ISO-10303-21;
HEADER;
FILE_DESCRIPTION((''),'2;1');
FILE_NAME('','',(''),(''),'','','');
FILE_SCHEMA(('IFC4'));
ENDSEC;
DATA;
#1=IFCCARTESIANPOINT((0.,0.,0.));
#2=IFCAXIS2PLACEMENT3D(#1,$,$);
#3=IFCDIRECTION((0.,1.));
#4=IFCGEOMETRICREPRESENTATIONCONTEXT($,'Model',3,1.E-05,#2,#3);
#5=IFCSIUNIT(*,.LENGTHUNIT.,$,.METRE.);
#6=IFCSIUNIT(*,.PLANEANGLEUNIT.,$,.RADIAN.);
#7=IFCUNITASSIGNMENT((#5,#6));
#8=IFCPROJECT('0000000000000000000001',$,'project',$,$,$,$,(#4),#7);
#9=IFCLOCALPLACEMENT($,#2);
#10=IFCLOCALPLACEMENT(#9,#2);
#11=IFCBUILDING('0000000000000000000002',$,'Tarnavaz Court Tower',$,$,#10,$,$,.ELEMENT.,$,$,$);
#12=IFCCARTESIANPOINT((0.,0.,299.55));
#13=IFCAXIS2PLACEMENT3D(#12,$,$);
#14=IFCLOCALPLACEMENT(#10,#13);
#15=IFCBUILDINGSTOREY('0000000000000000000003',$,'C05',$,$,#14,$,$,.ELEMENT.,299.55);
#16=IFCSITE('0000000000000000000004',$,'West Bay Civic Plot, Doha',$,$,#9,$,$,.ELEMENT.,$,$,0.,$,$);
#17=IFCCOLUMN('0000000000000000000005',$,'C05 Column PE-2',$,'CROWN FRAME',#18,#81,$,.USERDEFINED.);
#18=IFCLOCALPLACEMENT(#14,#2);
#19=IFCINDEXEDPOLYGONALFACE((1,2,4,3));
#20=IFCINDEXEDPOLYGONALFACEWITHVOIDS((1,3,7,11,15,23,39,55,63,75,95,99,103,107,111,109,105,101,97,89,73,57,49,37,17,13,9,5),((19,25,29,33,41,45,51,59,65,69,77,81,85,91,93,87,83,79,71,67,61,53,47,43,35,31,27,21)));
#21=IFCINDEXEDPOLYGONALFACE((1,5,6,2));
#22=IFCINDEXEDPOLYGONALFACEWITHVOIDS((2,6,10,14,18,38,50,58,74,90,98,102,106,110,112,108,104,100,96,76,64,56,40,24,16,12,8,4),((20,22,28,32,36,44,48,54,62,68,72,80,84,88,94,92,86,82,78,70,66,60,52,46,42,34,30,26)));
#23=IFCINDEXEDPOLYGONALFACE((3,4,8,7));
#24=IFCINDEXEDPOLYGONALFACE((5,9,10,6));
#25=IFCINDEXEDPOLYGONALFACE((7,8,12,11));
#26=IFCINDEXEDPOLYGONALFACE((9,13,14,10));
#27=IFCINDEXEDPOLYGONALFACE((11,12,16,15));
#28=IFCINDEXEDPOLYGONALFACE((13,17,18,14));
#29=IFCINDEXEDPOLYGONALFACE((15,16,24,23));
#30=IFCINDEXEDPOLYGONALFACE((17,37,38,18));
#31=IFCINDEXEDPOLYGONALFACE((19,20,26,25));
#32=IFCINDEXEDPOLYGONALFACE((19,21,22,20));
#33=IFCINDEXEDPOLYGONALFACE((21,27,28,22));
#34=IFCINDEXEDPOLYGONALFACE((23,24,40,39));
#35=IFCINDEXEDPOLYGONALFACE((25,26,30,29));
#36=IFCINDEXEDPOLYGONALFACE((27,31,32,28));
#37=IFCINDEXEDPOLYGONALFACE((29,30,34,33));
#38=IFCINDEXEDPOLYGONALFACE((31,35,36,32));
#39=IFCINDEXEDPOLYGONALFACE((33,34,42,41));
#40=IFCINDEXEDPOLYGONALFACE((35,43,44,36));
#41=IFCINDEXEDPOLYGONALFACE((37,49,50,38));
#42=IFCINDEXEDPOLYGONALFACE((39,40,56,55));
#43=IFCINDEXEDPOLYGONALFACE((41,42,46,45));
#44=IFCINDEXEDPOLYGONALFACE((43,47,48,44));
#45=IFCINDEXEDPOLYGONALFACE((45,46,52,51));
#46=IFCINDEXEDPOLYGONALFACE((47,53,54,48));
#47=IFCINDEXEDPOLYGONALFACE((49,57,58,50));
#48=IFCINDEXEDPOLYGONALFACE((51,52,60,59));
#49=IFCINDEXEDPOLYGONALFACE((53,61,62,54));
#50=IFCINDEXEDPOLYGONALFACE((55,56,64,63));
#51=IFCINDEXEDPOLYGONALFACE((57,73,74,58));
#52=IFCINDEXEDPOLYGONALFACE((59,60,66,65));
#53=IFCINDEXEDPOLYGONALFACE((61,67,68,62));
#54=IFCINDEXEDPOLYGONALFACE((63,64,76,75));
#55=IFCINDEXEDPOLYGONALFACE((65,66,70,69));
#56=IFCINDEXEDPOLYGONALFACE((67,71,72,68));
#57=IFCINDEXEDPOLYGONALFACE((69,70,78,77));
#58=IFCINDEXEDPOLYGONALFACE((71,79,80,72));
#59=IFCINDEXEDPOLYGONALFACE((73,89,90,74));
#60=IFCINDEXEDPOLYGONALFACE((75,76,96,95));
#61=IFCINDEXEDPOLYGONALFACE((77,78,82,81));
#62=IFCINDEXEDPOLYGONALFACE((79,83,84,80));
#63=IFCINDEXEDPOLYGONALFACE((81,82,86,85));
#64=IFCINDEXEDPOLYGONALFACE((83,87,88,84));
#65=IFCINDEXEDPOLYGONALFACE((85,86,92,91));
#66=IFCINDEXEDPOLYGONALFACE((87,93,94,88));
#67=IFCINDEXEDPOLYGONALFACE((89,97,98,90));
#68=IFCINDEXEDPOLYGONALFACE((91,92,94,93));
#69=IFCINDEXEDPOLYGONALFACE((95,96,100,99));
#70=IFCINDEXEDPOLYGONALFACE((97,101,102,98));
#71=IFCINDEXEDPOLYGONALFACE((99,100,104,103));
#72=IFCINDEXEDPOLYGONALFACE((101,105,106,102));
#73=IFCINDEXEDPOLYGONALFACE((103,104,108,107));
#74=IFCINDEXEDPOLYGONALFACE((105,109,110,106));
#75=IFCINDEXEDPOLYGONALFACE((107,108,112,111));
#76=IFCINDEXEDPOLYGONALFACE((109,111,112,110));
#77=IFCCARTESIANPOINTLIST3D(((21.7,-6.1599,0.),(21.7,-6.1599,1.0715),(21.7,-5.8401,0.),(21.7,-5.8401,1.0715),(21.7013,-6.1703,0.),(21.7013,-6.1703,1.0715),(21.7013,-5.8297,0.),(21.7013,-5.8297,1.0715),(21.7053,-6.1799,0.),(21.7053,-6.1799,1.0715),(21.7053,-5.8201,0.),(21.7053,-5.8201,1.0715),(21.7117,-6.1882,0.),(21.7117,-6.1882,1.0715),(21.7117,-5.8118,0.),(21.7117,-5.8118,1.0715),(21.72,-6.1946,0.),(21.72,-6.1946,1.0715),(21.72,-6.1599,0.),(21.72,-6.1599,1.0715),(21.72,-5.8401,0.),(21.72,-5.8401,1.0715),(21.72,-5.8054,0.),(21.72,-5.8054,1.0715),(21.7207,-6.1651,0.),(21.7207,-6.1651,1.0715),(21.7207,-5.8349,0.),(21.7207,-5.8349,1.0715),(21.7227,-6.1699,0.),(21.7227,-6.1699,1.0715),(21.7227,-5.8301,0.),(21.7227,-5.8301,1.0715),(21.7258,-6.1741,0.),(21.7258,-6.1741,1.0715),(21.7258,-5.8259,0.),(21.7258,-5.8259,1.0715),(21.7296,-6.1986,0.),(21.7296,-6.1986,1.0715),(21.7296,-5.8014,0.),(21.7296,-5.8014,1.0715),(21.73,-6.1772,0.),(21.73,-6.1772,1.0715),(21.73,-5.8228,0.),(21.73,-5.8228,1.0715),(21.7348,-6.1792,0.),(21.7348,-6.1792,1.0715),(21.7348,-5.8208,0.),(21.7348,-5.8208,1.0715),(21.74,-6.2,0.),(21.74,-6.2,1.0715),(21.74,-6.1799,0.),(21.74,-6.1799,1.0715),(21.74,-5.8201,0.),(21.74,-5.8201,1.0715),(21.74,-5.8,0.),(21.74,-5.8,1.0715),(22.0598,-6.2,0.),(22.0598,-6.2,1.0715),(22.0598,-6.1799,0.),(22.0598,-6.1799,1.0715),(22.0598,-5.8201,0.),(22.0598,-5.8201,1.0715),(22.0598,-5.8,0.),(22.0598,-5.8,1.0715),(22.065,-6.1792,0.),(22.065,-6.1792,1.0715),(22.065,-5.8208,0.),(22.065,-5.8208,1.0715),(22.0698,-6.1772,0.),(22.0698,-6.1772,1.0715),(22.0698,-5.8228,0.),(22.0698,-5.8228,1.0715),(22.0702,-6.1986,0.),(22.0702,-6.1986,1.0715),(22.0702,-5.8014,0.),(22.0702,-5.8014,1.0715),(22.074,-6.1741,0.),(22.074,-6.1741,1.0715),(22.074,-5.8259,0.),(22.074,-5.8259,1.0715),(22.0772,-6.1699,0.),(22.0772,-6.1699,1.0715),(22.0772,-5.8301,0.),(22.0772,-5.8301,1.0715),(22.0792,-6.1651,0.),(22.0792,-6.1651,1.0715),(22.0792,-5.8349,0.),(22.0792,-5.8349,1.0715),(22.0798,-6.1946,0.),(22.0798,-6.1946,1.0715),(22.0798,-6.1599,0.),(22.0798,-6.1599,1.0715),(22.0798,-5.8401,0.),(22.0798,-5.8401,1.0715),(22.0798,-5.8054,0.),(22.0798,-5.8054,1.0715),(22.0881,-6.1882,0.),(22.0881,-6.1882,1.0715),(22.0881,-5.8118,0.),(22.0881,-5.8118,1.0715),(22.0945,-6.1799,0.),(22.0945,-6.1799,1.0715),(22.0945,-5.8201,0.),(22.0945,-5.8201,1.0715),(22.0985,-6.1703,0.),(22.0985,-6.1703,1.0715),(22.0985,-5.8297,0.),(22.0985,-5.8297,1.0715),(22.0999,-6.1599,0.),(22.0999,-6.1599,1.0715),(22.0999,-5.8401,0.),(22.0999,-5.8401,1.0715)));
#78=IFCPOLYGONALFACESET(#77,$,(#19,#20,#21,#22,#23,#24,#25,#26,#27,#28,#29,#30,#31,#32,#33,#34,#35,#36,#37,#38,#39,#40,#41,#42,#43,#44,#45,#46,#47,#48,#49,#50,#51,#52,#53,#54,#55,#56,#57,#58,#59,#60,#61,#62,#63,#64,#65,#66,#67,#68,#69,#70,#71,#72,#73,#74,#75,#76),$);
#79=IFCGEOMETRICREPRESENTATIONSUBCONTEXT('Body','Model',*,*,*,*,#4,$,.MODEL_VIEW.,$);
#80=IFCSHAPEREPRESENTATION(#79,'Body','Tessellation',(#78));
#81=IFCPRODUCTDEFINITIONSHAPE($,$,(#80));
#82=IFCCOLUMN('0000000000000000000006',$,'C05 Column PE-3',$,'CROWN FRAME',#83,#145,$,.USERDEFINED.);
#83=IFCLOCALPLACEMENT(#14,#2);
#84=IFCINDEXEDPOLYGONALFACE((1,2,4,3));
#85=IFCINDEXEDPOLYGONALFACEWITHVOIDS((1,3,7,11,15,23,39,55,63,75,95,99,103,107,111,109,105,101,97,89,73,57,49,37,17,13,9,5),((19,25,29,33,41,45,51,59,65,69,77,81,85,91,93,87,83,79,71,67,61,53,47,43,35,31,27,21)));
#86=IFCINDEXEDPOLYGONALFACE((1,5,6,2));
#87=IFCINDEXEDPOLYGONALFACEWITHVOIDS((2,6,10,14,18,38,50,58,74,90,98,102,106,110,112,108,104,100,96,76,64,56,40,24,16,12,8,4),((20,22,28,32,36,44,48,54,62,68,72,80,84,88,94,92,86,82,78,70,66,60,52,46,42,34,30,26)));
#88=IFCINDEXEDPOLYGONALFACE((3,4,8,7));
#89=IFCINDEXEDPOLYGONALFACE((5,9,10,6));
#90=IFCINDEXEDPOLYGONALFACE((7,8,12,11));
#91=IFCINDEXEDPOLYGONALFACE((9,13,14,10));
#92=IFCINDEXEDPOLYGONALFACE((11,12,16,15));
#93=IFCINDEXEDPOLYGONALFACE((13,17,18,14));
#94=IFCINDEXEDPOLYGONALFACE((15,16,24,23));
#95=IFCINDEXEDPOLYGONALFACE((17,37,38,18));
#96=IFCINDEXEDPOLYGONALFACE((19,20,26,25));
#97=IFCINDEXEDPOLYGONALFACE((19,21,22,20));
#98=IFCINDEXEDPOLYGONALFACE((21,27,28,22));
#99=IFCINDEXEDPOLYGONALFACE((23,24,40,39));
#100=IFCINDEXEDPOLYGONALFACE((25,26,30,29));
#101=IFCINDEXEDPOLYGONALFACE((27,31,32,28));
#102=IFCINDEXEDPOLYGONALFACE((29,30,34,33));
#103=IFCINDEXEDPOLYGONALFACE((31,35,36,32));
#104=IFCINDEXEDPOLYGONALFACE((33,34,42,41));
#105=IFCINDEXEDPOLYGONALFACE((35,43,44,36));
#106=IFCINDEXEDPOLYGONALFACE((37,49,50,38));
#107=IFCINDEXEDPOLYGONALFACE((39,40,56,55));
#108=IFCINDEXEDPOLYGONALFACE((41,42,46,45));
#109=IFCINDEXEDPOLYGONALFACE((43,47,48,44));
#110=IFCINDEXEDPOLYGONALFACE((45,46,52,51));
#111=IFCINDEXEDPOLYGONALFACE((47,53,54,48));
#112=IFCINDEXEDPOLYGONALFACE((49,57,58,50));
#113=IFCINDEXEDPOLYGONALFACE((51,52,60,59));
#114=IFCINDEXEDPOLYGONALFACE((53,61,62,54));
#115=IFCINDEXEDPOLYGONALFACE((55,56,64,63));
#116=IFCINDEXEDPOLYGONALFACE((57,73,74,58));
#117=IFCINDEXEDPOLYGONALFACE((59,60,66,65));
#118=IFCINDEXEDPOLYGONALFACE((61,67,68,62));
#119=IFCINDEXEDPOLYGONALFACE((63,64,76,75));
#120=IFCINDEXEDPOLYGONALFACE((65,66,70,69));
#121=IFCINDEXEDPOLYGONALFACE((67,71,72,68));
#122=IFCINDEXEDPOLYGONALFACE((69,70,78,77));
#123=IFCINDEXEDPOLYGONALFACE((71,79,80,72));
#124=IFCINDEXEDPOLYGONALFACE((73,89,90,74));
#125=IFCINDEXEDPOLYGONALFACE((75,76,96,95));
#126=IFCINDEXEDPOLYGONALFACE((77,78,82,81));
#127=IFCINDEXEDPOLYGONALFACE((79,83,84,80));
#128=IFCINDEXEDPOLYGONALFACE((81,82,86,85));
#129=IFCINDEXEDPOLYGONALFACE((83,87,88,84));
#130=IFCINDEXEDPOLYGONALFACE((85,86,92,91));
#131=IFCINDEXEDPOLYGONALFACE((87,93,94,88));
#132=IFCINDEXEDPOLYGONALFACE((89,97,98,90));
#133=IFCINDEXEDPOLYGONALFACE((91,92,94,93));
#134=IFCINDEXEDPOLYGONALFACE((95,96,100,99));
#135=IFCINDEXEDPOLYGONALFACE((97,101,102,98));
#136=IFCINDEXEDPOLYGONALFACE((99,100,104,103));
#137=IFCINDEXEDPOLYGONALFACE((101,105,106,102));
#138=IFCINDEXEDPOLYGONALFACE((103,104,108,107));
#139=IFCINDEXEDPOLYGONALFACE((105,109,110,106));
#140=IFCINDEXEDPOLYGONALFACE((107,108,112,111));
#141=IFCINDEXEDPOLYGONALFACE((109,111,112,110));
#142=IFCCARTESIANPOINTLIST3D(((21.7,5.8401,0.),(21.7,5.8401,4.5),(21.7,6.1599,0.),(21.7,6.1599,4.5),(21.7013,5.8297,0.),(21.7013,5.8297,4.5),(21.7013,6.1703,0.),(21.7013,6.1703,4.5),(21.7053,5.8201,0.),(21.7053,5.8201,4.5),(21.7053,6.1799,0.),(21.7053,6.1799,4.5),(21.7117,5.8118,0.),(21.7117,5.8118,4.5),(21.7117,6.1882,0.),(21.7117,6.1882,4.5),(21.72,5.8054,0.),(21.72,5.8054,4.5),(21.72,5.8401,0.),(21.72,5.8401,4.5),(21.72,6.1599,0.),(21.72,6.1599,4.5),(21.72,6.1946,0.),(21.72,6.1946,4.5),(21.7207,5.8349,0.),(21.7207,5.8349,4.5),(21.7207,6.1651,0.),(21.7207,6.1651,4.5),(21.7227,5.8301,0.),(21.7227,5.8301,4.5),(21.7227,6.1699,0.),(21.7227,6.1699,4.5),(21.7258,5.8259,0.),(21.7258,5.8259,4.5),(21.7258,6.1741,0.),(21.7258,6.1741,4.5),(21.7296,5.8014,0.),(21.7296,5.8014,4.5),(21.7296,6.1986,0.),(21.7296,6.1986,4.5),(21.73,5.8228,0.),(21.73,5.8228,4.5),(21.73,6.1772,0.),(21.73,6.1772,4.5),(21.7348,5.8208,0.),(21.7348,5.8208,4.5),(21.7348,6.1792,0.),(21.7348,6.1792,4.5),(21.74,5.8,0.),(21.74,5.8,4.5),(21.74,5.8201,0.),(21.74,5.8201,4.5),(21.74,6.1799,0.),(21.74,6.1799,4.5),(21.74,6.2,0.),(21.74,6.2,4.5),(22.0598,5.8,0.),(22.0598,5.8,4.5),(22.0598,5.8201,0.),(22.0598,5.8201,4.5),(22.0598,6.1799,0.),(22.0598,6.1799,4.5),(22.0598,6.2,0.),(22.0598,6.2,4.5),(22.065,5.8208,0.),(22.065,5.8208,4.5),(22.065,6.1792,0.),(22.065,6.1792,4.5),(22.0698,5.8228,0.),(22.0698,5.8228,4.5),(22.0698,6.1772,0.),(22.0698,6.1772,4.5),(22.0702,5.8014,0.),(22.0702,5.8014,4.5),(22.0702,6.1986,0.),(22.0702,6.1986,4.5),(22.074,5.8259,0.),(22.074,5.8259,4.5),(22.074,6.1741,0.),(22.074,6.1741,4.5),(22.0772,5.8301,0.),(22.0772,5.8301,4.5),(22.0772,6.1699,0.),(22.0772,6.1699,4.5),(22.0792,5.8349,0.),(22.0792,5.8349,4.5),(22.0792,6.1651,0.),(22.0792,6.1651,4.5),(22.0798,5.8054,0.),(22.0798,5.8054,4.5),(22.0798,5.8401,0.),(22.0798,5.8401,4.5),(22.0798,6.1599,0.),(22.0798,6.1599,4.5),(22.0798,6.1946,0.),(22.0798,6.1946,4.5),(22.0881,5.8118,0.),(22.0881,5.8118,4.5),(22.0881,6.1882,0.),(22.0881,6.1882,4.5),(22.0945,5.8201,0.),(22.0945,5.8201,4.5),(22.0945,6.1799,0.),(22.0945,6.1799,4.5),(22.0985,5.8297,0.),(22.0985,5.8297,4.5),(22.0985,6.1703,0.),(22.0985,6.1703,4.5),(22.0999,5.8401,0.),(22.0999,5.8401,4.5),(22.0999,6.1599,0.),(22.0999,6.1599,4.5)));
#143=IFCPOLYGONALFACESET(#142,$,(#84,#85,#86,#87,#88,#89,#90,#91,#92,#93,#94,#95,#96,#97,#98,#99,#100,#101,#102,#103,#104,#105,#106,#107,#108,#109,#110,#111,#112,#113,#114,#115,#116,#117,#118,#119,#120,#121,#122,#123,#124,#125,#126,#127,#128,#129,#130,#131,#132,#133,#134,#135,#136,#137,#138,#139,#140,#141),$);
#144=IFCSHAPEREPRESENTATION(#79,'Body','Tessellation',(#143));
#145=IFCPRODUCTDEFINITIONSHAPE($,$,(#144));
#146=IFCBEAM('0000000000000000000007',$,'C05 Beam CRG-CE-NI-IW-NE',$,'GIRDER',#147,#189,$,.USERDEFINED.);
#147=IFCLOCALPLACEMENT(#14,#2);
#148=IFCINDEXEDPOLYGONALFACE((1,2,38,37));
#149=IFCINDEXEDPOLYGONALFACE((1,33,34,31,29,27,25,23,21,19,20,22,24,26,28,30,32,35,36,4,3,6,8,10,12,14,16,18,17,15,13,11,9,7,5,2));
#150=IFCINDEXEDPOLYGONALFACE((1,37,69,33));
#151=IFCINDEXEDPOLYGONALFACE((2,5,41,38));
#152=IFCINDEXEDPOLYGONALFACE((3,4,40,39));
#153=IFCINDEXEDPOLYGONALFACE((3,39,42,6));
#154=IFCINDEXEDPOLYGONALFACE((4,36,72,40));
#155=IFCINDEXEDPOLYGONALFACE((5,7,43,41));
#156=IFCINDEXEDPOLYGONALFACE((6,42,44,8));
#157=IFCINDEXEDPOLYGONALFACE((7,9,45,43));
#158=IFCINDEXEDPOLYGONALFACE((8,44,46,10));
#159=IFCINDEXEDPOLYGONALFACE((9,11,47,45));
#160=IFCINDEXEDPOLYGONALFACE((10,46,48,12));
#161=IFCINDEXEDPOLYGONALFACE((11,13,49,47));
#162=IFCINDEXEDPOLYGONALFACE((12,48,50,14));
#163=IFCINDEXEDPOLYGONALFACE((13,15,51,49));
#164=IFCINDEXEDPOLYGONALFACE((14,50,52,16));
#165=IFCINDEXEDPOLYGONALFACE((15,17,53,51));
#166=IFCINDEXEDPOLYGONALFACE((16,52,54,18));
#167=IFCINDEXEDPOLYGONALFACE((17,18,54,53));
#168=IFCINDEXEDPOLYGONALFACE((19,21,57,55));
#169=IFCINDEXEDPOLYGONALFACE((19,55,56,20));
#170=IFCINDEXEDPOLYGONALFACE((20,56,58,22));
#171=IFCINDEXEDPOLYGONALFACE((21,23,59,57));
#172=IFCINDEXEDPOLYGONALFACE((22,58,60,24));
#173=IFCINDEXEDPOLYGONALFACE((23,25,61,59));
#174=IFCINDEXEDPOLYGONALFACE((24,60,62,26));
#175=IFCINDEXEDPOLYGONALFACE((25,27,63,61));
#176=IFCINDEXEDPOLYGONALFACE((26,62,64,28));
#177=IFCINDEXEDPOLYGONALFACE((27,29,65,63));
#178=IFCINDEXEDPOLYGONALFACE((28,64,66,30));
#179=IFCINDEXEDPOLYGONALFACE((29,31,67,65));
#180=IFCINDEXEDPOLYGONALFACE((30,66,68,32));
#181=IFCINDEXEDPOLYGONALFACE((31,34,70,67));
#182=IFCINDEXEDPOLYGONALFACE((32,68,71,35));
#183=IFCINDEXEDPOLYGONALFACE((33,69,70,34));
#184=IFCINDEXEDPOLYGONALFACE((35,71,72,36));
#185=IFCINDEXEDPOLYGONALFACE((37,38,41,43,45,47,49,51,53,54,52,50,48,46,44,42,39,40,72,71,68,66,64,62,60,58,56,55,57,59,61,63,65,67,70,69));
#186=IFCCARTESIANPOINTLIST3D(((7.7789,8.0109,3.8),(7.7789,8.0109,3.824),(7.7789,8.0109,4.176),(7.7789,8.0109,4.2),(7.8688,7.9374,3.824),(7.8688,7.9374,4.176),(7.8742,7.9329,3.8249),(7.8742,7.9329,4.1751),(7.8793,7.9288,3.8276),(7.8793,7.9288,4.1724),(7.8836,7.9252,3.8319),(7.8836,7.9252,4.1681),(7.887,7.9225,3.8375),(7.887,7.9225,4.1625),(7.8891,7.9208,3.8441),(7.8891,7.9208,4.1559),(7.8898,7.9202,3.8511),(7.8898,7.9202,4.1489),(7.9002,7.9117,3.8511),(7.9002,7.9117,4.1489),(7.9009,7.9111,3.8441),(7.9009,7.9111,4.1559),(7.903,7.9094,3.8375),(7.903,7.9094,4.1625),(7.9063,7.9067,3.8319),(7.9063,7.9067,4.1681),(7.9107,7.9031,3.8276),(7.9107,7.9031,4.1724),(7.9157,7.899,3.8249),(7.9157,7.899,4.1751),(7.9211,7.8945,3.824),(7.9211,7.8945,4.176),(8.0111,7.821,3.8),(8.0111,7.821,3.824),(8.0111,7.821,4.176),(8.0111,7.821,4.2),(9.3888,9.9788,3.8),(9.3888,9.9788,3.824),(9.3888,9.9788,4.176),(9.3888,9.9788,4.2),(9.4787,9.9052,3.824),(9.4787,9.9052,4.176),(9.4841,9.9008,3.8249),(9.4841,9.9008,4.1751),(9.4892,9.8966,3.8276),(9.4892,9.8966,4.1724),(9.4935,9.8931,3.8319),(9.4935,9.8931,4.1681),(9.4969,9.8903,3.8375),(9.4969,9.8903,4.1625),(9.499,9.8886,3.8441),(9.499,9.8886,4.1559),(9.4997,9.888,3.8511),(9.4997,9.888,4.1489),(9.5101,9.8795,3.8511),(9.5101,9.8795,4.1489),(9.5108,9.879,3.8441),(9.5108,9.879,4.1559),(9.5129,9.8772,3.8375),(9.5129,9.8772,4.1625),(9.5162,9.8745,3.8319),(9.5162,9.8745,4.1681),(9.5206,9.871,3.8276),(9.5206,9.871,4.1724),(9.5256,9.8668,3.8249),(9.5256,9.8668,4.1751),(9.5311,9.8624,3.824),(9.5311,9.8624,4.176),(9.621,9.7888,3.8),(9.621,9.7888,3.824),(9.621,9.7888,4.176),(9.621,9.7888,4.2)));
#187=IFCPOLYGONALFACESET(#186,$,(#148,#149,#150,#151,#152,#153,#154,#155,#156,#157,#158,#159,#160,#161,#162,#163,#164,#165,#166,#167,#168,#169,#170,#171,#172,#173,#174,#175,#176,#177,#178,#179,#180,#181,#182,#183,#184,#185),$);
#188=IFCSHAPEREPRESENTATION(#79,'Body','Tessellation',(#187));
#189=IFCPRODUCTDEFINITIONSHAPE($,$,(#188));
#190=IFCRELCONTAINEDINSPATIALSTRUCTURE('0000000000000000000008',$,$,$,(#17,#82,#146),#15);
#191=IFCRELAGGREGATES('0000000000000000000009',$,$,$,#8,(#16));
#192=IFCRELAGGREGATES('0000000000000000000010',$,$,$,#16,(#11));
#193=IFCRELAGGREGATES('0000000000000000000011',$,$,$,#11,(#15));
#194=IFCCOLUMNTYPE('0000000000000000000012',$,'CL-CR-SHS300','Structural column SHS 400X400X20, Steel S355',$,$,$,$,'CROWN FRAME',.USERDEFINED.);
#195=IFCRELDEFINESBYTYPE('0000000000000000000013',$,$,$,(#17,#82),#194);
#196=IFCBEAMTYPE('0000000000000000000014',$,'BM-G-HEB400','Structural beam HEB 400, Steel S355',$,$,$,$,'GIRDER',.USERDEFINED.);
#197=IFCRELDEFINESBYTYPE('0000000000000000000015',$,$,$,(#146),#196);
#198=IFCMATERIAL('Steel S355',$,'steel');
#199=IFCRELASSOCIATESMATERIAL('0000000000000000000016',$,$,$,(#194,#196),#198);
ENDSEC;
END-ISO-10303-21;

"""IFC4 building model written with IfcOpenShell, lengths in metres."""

from ifc_helpers import new_model, si_unit, direction, frame, origin, origin_2d, place, context, subcontext, project, spatial, hollow_rectangle, i_section, extrude, material, material_profile, profile_set, type_object, element, save


model = new_model("IFC4")

# Units and contexts
model_context = context("Model", 3, precision=1e-05, world=origin(), true_north=direction((0.0, 1.0)))
body_context = subcontext(model_context, "Body", "Model", "MODEL_VIEW")
ifc_project = project(units=[si_unit("LENGTHUNIT", "METRE"), si_unit("PLANEANGLEUNIT", "RADIAN")], contexts=[model_context])

# Site, building, storey
site_placement = place(None, origin())
site = spatial("IfcSite", under=ifc_project, at=site_placement, Name="West Bay Civic Plot, Doha", CompositionType="ELEMENT", RefElevation=0.0)
building_placement = place(site_placement, origin())
building = spatial("IfcBuilding", under=site, at=building_placement, Name="Tarnavaz Court Tower", CompositionType="ELEMENT")
storey_placement = place(building_placement, frame((0.0, 0.0, 299.55)))
storey = spatial("IfcBuildingStorey", under=building, at=storey_placement, Name="C05", CompositionType="ELEMENT", Elevation=299.55)

# Columns
ifc_material_1 = material(Name="Steel S355", Category="steel")
ifc_material_profile_1 = material_profile(ifc_material_1, hollow_rectangle(XDim=0.3999, YDim=0.3999, WallThickness=0.02, InnerFilletRadius=0.02, OuterFilletRadius=0.04, at=origin_2d()), Name="SHS 400X400X20")
ifc_profile_set_1 = profile_set([ifc_material_profile_1], Name="Steel S355")
column_type = type_object("IfcColumnType", Name="CL-CR-SHS300", Description="Structural column SHS 400X400X20, Steel S355", ElementType="CROWN FRAME", PredefinedType="USERDEFINED", material=ifc_profile_set_1)
column_1_placement = place(storey_placement, frame((21.8999, -6.0, 0.0), z_axis=(0.0, 0.0, 1.0), x_axis=(1.0, 0.0, 0.0)))
element("IfcColumn", 1, at=column_1_placement, inside=storey, type_object=column_type, Name="C05 Column PE-2", ObjectType="CROWN FRAME", PredefinedType="USERDEFINED", context=body_context, shape_type="SweptSolid", body=[
    extrude(hollow_rectangle(XDim=0.3999, YDim=0.3999, WallThickness=0.02, InnerFilletRadius=0.02, OuterFilletRadius=0.04, at=origin_2d()), origin(), (0.0, 0.0, 1.0), 1.0715),
])
column_2_placement = place(storey_placement, frame((21.8999, 6.0, 0.0), z_axis=(0.0, 0.0, 1.0), x_axis=(1.0, 0.0, 0.0)))
element("IfcColumn", 2, at=column_2_placement, inside=storey, type_object=column_type, Name="C05 Column PE-3", ObjectType="CROWN FRAME", PredefinedType="USERDEFINED", context=body_context, shape_type="SweptSolid", body=[
    extrude(hollow_rectangle(XDim=0.3999, YDim=0.3999, WallThickness=0.02, InnerFilletRadius=0.02, OuterFilletRadius=0.04, at=origin_2d()), origin(), (0.0, 0.0, 1.0), 4.5),
])

# Beam
ifc_material_profile_2 = material_profile(ifc_material_1, i_section(OverallWidth=0.3, OverallDepth=0.3999, WebThickness=0.0134, FlangeThickness=0.0239, FilletRadius=0.0271, at=origin_2d()), Name="HEB 400")
ifc_profile_set_2 = profile_set([ifc_material_profile_2], Name="Steel S355")
beam_type = type_object("IfcBeamType", Name="BM-G-HEB400", Description="Structural beam HEB 400, Steel S355", ElementType="GIRDER", PredefinedType="USERDEFINED", material=ifc_profile_set_2)
beam_1_placement = place(storey_placement, frame((9.5049, 9.8838, 4.0), z_axis=(-0.633206, -0.773983, 0.0), x_axis=(0.773983, -0.633206, 0.0)))
element("IfcBeam", 3, at=beam_1_placement, inside=storey, type_object=beam_type, Name="C05 Beam CRG-CE-NI-IW-NE", ObjectType="GIRDER", PredefinedType="USERDEFINED", context=body_context, shape_type="SweptSolid", body=[
    extrude(i_section(OverallWidth=0.3, OverallDepth=0.3999, WebThickness=0.0134, FlangeThickness=0.0239, FilletRadius=0.0271, at=origin_2d()), origin(), (0.0, 0.0, 1.0), 2.5425),
])

save(model, "model.ifc")
